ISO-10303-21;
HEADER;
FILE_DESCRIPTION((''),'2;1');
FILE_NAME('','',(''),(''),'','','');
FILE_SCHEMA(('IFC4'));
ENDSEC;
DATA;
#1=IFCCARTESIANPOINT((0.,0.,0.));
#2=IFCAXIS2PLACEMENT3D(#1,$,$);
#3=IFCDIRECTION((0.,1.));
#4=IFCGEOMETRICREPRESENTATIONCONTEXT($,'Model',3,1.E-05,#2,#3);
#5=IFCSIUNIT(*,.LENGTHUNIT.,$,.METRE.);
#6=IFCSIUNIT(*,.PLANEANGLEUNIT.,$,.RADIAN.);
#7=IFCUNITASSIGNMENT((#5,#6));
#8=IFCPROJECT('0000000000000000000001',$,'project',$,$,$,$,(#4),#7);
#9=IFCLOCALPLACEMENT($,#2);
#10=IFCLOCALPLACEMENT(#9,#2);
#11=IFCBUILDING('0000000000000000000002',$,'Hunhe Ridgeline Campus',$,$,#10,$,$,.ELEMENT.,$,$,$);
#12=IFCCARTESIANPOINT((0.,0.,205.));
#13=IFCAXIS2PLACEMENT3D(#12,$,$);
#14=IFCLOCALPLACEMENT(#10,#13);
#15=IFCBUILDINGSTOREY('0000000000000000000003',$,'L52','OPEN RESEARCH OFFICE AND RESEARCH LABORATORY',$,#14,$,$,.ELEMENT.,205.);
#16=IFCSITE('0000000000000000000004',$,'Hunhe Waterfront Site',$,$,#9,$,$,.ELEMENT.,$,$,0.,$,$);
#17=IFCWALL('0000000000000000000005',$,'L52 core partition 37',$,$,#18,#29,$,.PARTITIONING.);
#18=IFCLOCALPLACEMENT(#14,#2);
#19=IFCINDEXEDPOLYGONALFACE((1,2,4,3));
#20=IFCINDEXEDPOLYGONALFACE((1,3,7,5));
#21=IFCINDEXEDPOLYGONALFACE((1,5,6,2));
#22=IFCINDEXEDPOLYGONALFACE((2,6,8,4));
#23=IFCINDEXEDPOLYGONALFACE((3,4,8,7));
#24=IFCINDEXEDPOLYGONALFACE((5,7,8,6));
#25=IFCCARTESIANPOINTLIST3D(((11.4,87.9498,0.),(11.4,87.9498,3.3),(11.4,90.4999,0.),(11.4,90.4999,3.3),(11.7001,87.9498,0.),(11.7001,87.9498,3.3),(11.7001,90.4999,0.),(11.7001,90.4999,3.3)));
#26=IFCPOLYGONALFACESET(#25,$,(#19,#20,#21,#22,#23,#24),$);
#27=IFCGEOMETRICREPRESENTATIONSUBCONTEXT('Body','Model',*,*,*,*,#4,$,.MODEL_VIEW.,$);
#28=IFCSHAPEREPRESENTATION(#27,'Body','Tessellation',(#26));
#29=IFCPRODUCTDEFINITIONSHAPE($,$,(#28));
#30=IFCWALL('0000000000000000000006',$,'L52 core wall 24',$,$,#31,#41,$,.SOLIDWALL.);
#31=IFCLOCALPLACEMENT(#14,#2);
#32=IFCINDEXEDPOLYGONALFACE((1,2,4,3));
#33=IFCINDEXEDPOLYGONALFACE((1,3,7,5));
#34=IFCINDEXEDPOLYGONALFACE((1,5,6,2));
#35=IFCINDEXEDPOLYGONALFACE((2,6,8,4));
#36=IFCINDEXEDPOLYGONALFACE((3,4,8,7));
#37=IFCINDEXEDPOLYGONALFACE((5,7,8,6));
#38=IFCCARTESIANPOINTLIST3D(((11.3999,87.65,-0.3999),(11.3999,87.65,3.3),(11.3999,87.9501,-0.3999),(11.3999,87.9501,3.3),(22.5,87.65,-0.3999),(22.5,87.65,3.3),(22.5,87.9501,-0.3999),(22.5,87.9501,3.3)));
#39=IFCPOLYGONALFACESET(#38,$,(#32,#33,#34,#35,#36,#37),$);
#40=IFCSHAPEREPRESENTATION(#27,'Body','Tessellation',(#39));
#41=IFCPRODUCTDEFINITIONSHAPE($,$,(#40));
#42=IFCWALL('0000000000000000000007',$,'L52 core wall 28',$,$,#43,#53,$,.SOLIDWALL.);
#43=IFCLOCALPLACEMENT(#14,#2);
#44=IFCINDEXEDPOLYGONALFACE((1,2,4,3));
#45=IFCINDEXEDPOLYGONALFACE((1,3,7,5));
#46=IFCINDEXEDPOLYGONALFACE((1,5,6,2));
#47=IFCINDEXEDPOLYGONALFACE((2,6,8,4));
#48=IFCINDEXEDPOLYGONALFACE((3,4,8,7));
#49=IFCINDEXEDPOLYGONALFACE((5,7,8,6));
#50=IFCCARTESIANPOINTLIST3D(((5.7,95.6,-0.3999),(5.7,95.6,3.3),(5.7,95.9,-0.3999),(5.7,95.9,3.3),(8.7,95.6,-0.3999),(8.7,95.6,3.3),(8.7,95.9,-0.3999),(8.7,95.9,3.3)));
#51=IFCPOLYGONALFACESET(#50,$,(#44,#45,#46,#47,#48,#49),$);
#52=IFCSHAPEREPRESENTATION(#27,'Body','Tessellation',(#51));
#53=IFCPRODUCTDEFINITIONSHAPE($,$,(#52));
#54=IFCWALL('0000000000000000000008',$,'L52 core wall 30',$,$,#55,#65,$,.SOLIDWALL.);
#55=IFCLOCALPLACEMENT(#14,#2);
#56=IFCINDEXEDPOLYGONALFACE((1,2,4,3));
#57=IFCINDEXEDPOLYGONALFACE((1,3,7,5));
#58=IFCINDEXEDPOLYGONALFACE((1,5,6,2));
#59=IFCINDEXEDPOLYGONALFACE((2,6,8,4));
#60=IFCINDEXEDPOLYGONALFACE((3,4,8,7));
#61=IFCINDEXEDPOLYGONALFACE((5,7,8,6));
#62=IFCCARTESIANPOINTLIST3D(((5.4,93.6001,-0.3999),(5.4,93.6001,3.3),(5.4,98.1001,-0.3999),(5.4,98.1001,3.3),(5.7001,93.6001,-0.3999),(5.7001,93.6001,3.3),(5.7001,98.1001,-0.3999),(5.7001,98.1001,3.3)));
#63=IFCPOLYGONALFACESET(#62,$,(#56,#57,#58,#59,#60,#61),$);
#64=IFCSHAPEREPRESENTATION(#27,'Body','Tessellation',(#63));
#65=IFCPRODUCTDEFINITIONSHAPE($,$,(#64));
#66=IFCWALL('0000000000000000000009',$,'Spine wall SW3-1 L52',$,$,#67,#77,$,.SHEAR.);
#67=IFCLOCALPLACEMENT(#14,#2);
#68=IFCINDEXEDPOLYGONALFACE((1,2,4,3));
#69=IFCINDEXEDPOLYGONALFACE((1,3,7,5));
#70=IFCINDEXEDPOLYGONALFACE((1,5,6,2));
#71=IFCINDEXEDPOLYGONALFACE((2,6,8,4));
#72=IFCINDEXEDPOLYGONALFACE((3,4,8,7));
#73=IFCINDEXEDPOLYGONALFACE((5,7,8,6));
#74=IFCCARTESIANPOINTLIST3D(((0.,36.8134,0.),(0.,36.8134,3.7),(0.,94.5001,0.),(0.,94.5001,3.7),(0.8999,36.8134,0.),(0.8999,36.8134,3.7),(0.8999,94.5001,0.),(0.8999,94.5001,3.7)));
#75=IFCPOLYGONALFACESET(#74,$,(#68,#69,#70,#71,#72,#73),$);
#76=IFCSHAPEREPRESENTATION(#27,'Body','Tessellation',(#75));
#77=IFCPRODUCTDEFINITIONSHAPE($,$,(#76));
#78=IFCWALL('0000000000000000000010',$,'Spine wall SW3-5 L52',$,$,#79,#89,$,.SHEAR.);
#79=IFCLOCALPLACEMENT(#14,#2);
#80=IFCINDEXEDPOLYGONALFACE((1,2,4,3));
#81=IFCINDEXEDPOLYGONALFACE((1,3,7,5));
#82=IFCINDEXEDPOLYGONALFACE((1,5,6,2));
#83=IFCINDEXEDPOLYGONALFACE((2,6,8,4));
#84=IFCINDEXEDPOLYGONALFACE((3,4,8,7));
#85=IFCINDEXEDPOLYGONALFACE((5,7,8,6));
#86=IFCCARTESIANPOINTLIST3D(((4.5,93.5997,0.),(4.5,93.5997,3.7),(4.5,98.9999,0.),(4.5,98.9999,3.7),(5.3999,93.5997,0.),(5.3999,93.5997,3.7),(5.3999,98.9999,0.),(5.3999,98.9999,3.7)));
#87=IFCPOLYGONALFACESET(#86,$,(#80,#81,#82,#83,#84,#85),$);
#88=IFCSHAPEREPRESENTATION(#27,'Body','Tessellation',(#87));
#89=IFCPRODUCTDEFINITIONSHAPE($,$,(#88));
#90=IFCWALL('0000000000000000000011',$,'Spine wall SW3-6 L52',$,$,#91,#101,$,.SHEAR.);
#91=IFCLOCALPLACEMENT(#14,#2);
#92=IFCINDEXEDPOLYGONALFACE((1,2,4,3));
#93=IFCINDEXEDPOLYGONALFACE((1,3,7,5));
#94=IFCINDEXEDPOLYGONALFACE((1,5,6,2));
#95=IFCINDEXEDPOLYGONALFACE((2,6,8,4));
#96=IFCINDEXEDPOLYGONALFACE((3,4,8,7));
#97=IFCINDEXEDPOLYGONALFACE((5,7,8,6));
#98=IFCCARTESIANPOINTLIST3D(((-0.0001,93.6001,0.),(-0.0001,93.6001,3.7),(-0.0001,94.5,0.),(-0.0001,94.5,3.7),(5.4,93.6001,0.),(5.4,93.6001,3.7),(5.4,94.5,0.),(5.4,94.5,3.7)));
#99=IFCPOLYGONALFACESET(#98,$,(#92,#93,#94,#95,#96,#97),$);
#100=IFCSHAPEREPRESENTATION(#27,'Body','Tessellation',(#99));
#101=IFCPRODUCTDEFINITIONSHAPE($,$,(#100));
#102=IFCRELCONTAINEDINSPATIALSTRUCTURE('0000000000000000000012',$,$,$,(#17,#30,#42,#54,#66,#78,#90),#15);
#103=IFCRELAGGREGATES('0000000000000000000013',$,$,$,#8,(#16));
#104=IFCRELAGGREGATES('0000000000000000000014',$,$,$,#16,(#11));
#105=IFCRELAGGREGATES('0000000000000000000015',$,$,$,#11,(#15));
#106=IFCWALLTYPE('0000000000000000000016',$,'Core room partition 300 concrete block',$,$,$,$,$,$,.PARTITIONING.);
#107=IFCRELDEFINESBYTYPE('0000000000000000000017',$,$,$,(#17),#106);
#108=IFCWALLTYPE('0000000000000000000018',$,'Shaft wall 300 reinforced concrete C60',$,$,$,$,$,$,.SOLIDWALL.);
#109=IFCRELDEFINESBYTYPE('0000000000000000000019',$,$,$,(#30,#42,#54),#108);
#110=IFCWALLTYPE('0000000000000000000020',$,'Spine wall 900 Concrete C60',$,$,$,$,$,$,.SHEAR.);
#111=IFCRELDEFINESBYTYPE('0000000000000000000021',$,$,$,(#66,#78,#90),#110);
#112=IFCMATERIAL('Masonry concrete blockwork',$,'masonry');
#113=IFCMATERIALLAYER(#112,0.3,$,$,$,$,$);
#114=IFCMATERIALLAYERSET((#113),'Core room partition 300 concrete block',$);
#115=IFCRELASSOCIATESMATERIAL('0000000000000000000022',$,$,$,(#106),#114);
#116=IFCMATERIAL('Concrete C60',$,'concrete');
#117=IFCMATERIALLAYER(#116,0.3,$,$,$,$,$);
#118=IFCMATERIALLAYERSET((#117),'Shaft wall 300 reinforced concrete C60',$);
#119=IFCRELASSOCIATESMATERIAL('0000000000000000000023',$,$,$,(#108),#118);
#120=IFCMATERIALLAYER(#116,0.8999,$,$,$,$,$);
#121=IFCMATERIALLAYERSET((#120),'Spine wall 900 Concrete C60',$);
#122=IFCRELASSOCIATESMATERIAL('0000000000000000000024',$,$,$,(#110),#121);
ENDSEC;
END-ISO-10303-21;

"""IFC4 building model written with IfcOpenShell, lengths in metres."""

from ifc_helpers import new_model, si_unit, direction, frame, frame_2d, origin, place, context, subcontext, project, spatial, rectangle, extrude, material, layer, layer_set, type_object, element, save


model = new_model("IFC4")

# Units and contexts
model_context = context("Model", 3, precision=1e-05, world=origin(), true_north=direction((0.0, 1.0)))
body_context = subcontext(model_context, "Body", "Model", "MODEL_VIEW")
ifc_project = project(units=[si_unit("LENGTHUNIT", "METRE"), si_unit("PLANEANGLEUNIT", "RADIAN")], contexts=[model_context])

# Site, building, storey
site_placement = place(None, origin())
site = spatial("IfcSite", under=ifc_project, at=site_placement, Name="Hunhe Waterfront Site", CompositionType="ELEMENT", RefElevation=0.0)
building_placement = place(site_placement, origin())
building = spatial("IfcBuilding", under=site, at=building_placement, Name="Hunhe Ridgeline Campus", CompositionType="ELEMENT")
storey_placement = place(building_placement, frame((0.0, 0.0, 205.0)))
storey = spatial("IfcBuildingStorey", under=building, at=storey_placement, Name="L52", Description="OPEN RESEARCH OFFICE AND RESEARCH LABORATORY", CompositionType="ELEMENT", Elevation=205.0)

# Wall
ifc_material_1 = material(Name="Masonry concrete blockwork", Category="masonry")
ifc_layer_1 = layer(ifc_material_1, 0.3)
ifc_layer_set_1 = layer_set([ifc_layer_1], Name="Core room partition 300 concrete block")
wall_type_1 = type_object("IfcWallType", Name="Core room partition 300 concrete block", PredefinedType="PARTITIONING", material=ifc_layer_set_1)
wall_1_placement = place(storey_placement, frame((11.55, 87.95, 0.0), z_axis=(0.0, 0.0, 1.0), x_axis=(0.0, 1.0, 0.0)))
element("IfcWall", 1, at=wall_1_placement, inside=storey, type_object=wall_type_1, Name="L52 core partition 37", PredefinedType="PARTITIONING", context=body_context, shape_type="SweptSolid", body=[
    extrude(rectangle(XDim=2.55, YDim=0.3, at=frame_2d((1.2749, 0.0))), origin(), (0.0, 0.0, 1.0), 3.3),
])

# Shared definitions
ifc_material_2 = material(Name="Concrete C60", Category="concrete")

# Wall
ifc_layer_2 = layer(ifc_material_2, 0.3)
ifc_layer_set_2 = layer_set([ifc_layer_2], Name="Shaft wall 300 reinforced concrete C60")
wall_type_2 = type_object("IfcWallType", Name="Shaft wall 300 reinforced concrete C60", PredefinedType="SOLIDWALL", material=ifc_layer_set_2)
wall_2_placement = place(storey_placement, frame((11.3999, 87.8, -0.3999), z_axis=(0.0, 0.0, 1.0), x_axis=(1.0, 0.0, 0.0)))
element("IfcWall", 2, at=wall_2_placement, inside=storey, type_object=wall_type_2, Name="L52 core wall 24", PredefinedType="SOLIDWALL", context=body_context, shape_type="SweptSolid", body=[
    extrude(rectangle(XDim=11.1001, YDim=0.3, at=frame_2d((5.55, 0.0))), origin(), (0.0, 0.0, 1.0), 3.7),
])

# Walls
wall_3_placement = place(storey_placement, frame((5.7, 95.75, -0.3999), z_axis=(0.0, 0.0, 1.0), x_axis=(1.0, 0.0, 0.0)))
element("IfcWall", 3, at=wall_3_placement, inside=storey, type_object=wall_type_2, Name="L52 core wall 28", PredefinedType="SOLIDWALL", context=body_context, shape_type="SweptSolid", body=[
    extrude(rectangle(XDim=3.0, YDim=0.3, at=frame_2d((1.5, 0.0))), origin(), (0.0, 0.0, 1.0), 3.7),
])
wall_4_placement = place(storey_placement, frame((5.55, 93.6001, -0.3999), z_axis=(0.0, 0.0, 1.0), x_axis=(0.0, 1.0, 0.0)))
element("IfcWall", 4, at=wall_4_placement, inside=storey, type_object=wall_type_2, Name="L52 core wall 30", PredefinedType="SOLIDWALL", context=body_context, shape_type="SweptSolid", body=[
    extrude(rectangle(XDim=4.5, YDim=0.3, at=frame_2d((2.25, 0.0))), origin(), (0.0, 0.0, 1.0), 3.7),
])

# Walls
ifc_layer_3 = layer(ifc_material_2, 0.8999)
ifc_layer_set_3 = layer_set([ifc_layer_3], Name="Spine wall 900 Concrete C60")
wall_type_3 = type_object("IfcWallType", Name="Spine wall 900 Concrete C60", PredefinedType="SHEAR", material=ifc_layer_set_3)
wall_5_placement = place(storey_placement, frame((0.45, 94.5, 0.0), z_axis=(0.0, 0.0, 1.0), x_axis=(0.0, -1.0, 0.0)))
element("IfcWall", 5, at=wall_5_placement, inside=storey, type_object=wall_type_3, Name="Spine wall SW3-1 L52", PredefinedType="SHEAR", context=body_context, shape_type="SweptSolid", body=[
    extrude(rectangle(XDim=57.6868, YDim=0.8999, at=frame_2d((28.8433, 0.0))), origin(), (0.0, 0.0, 1.0), 3.7),
])
for number, where, z_axis, x_axis, name in (
    (6, (4.95, 99.0, 0.0), (0.0, 0.0, 1.0), (0.0, -1.0, 0.0), "Spine wall SW3-5 L52"),
    (7, (5.4001, 94.05, 0.0), (0.0, 0.0, 1.0), (-1.0, 0.0, 0.0), "Spine wall SW3-6 L52"),
):
    element("IfcWall", number, at=place(storey_placement, frame(where, z_axis=z_axis, x_axis=x_axis)), inside=storey, type_object=wall_type_3, Name=name, PredefinedType="SHEAR", context=body_context, shape_type="SweptSolid", body=[
        extrude(rectangle(XDim=5.4001, YDim=0.8999, at=frame_2d((2.7002, 0.0))), origin(), (0.0, 0.0, 1.0), 3.7),
    ])

save(model, "model.ifc")
